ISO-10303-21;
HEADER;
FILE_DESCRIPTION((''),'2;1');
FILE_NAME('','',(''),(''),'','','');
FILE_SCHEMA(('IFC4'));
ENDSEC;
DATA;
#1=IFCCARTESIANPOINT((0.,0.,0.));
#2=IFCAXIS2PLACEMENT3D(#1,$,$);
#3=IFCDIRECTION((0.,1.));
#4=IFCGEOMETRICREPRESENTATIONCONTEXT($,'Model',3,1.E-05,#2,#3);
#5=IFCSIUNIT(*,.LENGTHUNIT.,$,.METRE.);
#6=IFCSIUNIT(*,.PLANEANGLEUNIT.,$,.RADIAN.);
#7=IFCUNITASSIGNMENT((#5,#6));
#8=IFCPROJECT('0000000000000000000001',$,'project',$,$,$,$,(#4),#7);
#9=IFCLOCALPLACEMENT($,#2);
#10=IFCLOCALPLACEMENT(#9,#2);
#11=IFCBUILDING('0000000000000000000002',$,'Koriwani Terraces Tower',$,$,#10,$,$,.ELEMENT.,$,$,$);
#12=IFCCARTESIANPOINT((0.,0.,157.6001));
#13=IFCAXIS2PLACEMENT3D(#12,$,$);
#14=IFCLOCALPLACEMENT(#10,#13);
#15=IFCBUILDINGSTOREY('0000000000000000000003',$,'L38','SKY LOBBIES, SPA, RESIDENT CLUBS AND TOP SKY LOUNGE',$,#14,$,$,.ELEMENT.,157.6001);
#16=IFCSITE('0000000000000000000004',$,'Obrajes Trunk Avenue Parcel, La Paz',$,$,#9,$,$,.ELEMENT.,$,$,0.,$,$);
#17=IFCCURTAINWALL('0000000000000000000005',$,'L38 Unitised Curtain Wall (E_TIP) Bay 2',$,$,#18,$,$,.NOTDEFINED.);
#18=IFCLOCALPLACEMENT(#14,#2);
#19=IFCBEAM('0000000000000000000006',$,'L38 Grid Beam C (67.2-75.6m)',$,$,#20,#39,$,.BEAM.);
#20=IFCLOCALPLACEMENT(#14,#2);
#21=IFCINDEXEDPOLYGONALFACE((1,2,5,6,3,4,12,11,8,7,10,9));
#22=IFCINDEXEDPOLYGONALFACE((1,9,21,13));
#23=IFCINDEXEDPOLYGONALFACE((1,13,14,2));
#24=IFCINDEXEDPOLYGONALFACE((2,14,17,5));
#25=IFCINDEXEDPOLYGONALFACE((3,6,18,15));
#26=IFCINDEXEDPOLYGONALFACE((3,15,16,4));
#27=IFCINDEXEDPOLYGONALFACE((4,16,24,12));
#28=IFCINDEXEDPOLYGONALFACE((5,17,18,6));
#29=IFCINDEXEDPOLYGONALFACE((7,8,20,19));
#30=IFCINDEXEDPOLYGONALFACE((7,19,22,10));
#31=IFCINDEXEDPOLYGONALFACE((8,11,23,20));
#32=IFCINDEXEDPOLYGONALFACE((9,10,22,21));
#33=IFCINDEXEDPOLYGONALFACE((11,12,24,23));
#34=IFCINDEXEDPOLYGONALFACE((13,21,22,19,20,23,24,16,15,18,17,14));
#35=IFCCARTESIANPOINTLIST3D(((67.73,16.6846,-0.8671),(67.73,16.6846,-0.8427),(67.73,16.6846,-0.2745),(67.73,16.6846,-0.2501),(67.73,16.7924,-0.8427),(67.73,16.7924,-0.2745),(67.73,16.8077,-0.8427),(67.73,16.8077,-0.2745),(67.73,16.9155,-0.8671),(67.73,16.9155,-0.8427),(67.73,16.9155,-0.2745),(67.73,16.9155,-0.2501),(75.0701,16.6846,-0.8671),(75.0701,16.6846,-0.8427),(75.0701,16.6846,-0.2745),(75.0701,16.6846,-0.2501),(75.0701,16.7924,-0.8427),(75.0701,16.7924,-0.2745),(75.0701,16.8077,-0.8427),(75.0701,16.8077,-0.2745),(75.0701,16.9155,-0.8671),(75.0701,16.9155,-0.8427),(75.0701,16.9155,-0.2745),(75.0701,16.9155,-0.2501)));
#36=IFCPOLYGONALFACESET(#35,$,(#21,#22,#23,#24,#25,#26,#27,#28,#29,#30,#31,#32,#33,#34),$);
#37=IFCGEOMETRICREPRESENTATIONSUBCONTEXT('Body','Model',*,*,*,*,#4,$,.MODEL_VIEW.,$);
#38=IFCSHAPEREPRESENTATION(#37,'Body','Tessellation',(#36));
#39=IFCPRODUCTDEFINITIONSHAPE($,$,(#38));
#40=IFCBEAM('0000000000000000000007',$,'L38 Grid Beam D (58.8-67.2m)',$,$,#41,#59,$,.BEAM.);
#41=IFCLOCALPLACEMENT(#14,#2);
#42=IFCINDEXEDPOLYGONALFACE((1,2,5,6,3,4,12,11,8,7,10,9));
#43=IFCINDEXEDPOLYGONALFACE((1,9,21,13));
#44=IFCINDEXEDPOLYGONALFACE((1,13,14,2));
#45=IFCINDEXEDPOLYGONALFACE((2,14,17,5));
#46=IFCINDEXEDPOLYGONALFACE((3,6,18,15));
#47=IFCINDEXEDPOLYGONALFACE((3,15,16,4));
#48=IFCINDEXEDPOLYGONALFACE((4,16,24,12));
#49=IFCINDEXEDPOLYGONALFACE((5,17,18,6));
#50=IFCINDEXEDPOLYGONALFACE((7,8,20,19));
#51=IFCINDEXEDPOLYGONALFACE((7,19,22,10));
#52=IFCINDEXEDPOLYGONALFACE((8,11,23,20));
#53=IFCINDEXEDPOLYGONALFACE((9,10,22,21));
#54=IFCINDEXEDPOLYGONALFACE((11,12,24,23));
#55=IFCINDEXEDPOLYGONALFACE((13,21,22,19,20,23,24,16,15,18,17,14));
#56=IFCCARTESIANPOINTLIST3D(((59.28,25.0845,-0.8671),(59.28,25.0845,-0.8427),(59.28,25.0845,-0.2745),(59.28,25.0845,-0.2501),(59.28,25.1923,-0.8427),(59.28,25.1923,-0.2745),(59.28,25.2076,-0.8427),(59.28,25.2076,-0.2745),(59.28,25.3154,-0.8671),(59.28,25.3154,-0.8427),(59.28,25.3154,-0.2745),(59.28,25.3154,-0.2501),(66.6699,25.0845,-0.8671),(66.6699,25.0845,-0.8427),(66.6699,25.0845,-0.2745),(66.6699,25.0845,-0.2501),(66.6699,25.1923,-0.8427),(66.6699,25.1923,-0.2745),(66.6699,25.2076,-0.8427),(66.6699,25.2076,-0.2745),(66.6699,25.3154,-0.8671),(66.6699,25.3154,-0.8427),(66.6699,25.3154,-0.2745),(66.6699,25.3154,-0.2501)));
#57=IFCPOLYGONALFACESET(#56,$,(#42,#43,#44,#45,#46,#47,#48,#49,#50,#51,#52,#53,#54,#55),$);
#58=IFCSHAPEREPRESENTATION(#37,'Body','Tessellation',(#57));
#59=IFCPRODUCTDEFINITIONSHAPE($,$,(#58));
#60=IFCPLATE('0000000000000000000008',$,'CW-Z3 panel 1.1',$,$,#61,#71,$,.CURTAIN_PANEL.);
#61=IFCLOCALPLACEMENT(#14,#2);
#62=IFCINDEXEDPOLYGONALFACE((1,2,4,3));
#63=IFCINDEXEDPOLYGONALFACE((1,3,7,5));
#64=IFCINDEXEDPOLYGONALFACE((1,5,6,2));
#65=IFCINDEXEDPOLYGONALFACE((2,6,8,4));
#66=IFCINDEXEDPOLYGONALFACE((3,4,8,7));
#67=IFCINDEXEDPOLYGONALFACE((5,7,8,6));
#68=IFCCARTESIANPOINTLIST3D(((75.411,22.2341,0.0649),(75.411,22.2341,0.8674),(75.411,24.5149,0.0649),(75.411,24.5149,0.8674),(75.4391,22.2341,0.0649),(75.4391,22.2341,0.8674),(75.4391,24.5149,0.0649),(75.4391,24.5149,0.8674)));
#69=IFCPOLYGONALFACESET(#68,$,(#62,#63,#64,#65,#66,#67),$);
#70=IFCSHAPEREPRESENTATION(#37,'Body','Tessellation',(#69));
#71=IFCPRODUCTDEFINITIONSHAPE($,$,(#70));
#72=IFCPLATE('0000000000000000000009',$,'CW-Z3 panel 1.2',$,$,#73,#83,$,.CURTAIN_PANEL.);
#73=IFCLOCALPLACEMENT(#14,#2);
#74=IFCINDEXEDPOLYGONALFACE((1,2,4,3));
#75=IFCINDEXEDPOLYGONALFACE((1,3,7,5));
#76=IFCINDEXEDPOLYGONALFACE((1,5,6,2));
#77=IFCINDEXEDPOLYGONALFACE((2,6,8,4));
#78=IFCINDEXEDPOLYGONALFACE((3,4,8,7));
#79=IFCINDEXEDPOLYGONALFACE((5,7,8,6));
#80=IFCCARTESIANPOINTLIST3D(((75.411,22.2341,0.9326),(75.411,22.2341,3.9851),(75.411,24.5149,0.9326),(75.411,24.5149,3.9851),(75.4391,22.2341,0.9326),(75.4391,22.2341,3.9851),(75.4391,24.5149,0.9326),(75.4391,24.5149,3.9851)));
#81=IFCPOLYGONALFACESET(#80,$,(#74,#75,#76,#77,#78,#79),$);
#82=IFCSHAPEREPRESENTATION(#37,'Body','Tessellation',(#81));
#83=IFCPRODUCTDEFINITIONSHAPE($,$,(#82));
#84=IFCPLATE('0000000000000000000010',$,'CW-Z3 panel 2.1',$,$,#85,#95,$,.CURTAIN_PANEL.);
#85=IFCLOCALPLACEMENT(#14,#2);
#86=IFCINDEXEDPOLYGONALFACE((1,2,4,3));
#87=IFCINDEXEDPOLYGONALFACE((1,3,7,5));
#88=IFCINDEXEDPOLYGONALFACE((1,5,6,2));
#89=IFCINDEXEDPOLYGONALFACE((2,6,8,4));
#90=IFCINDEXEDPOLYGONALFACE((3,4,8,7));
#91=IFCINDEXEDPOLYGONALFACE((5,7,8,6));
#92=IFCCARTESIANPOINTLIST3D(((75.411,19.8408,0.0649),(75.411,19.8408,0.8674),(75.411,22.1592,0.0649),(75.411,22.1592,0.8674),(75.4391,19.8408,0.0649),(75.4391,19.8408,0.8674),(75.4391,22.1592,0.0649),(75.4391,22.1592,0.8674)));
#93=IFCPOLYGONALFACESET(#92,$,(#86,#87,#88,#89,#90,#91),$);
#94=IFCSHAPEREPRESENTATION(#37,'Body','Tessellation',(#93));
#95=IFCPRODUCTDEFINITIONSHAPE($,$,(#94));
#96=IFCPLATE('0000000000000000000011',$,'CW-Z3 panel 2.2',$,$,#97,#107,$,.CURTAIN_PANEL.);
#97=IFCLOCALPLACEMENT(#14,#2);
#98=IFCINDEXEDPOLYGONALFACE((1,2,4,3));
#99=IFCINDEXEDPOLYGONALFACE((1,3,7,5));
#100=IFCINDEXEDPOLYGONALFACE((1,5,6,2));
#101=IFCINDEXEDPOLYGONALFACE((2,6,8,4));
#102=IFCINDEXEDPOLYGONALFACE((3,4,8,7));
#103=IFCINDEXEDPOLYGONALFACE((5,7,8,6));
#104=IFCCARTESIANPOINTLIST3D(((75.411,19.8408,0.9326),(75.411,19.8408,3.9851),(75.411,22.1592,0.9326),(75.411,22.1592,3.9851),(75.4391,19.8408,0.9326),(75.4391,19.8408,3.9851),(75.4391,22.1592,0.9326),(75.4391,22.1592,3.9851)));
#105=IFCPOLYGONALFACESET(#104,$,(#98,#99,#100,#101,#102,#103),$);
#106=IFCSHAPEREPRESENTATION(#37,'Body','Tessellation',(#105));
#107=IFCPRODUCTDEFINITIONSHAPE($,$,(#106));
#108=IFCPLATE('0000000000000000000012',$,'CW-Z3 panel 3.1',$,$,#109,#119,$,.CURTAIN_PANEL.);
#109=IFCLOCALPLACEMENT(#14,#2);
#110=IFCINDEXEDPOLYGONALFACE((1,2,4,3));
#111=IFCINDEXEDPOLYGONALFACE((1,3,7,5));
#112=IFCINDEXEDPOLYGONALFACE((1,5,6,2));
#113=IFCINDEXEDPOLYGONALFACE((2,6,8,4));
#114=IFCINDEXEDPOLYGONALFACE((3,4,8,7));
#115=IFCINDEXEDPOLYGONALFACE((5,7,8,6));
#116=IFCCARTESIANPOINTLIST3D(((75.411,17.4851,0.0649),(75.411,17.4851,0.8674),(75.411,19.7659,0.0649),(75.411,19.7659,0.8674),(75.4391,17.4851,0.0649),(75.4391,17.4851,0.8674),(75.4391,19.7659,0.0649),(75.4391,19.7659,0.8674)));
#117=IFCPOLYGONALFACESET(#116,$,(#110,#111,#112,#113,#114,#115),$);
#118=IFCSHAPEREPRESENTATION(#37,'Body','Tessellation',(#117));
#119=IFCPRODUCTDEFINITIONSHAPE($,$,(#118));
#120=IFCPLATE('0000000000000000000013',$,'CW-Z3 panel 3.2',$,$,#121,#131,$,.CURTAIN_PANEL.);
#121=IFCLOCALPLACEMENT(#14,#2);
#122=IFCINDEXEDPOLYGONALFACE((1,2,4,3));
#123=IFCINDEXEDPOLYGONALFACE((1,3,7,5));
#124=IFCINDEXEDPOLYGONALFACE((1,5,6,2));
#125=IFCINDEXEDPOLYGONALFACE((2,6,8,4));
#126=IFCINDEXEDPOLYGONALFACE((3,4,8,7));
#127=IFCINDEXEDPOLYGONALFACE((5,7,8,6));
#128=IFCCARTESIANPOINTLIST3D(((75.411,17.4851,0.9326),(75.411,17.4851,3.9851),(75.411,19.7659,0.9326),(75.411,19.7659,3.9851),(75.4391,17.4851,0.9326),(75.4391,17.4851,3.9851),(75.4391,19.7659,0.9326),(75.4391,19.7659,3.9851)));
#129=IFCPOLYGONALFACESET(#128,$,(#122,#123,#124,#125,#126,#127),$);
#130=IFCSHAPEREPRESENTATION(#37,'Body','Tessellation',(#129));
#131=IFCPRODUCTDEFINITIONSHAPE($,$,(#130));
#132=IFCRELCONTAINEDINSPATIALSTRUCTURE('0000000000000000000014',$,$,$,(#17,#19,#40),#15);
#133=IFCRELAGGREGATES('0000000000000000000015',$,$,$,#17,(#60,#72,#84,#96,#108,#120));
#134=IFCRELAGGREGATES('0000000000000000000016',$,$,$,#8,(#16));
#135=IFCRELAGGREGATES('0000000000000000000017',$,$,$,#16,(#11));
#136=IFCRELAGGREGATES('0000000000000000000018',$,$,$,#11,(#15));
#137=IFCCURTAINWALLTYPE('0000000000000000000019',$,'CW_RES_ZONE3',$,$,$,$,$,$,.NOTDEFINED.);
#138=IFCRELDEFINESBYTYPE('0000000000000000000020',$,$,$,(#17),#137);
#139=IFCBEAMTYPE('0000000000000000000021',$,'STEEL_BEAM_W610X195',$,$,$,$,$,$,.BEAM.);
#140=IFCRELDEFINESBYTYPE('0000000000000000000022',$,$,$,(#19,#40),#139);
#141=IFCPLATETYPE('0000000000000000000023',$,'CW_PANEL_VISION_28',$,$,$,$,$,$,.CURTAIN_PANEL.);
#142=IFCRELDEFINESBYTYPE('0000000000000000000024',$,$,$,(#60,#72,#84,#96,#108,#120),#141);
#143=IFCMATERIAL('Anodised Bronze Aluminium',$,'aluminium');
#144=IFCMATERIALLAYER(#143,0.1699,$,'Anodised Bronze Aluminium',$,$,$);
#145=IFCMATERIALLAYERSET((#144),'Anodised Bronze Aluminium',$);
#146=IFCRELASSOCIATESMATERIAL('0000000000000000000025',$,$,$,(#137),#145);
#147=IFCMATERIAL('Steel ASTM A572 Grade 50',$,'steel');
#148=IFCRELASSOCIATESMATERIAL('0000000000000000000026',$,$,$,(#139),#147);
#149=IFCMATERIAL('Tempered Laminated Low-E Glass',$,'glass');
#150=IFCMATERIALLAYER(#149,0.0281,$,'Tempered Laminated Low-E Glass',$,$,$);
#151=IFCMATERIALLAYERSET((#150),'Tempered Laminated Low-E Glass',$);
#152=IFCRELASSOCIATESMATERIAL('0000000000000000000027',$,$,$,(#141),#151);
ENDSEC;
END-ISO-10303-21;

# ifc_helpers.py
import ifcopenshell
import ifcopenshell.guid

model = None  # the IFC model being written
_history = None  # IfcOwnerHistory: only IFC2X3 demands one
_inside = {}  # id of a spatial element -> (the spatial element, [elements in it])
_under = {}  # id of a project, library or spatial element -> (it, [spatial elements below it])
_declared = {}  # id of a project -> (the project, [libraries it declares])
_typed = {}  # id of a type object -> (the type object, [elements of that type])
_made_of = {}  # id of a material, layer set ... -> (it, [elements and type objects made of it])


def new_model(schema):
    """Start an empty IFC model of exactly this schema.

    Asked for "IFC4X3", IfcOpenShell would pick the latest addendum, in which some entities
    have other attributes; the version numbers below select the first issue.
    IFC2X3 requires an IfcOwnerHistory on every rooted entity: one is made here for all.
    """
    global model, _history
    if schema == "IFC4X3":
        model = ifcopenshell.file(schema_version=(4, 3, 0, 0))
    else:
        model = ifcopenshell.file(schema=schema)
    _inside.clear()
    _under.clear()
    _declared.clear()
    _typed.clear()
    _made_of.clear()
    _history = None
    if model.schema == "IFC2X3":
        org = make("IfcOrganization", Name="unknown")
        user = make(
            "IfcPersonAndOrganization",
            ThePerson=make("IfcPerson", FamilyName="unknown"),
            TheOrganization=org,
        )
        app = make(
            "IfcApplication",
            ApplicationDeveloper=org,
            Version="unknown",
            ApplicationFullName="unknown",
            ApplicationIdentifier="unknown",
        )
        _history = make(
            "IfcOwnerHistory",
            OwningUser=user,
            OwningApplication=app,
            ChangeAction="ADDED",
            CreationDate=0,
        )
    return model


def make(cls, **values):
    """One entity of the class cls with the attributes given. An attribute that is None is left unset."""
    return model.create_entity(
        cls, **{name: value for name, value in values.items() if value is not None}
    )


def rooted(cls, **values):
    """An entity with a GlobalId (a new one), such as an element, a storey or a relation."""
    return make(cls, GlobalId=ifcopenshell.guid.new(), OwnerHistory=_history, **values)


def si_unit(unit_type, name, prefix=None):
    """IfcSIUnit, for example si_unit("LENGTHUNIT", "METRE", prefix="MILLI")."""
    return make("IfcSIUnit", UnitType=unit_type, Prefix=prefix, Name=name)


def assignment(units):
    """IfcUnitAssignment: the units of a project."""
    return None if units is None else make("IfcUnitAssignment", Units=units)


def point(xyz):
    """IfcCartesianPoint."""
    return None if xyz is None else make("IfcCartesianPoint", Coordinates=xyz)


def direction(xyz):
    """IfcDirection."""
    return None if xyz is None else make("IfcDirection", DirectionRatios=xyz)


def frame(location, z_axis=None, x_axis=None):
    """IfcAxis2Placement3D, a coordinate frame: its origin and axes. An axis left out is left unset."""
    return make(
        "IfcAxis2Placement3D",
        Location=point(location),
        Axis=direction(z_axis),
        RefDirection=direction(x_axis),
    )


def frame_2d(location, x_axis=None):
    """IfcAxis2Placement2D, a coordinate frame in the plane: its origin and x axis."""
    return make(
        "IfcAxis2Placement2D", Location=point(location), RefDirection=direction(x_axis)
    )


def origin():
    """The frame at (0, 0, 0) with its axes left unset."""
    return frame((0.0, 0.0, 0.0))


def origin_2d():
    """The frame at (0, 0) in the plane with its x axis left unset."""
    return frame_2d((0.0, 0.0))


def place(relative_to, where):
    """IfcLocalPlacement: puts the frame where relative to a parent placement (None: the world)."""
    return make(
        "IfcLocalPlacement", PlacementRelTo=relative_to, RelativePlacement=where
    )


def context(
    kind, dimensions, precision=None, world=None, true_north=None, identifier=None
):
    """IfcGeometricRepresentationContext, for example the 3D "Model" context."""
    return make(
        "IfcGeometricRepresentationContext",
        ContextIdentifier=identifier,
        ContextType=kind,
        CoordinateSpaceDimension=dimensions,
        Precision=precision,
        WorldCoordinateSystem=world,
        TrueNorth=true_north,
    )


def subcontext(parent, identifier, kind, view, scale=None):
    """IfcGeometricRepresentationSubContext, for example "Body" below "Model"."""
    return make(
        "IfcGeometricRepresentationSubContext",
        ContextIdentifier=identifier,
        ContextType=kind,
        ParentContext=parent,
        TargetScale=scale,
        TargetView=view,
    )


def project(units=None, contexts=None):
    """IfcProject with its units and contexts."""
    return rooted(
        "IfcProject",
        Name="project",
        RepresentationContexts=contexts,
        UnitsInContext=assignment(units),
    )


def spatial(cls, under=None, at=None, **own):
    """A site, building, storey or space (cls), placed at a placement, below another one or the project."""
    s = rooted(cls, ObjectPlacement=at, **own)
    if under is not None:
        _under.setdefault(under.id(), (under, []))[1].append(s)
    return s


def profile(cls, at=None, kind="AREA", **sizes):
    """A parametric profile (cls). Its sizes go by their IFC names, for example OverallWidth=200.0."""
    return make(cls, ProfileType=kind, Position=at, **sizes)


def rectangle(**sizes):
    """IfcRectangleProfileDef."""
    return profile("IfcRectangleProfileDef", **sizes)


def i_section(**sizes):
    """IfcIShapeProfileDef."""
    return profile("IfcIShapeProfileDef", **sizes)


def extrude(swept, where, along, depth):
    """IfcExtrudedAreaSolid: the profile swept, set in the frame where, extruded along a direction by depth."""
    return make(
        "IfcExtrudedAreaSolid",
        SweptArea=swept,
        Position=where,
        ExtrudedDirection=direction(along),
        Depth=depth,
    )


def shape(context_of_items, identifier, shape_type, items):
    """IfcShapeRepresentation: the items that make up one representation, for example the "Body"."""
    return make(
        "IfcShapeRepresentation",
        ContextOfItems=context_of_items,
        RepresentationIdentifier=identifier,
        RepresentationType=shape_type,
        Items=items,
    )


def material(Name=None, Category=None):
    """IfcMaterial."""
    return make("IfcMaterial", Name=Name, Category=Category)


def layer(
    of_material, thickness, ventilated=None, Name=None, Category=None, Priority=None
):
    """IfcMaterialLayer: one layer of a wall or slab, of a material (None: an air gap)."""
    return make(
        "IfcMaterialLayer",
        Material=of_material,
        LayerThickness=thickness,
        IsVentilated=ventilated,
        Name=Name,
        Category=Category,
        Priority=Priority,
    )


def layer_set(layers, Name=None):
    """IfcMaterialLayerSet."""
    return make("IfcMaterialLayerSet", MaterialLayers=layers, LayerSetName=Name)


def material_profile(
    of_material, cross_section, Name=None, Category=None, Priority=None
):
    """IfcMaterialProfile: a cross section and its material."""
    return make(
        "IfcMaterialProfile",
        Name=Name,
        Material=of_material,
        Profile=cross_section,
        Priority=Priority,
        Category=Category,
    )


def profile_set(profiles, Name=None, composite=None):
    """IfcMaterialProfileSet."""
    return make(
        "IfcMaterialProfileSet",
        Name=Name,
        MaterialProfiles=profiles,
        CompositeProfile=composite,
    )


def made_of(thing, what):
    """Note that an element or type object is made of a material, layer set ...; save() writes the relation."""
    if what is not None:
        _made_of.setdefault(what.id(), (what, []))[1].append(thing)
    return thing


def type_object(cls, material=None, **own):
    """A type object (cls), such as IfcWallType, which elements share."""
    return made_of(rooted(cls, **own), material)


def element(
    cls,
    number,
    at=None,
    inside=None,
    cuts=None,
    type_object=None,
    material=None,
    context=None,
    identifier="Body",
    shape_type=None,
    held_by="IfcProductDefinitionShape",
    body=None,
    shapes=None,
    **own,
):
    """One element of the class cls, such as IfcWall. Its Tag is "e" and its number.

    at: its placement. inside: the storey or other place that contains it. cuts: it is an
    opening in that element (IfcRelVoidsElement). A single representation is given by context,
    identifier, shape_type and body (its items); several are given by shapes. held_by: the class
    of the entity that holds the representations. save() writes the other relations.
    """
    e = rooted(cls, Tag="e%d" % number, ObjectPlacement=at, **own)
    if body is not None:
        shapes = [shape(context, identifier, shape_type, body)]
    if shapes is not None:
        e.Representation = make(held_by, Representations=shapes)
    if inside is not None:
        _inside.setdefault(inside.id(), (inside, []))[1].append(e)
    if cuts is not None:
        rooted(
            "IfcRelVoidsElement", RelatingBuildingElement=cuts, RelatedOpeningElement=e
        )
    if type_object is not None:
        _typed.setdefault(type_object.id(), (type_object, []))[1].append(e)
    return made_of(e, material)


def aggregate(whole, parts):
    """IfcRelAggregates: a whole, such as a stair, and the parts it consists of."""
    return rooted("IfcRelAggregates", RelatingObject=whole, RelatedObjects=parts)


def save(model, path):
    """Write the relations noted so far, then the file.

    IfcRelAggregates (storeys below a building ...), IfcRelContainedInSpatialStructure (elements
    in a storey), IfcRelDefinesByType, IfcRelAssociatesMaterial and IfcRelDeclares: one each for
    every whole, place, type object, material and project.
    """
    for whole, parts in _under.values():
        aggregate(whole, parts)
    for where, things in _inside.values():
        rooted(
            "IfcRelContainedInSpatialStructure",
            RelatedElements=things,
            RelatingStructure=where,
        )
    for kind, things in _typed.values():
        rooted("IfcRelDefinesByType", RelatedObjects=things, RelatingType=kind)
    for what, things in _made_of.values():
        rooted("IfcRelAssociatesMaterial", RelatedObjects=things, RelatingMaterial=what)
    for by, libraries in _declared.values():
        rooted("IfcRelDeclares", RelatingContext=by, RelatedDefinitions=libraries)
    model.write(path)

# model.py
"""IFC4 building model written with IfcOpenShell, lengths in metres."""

from ifc_helpers import new_model, si_unit, direction, frame, origin, origin_2d, place, context, subcontext, project, spatial, rectangle, i_section, extrude, material, layer, layer_set, material_profile, profile_set, type_object, element, aggregate, save


model = new_model("IFC4")

# Units and contexts
model_context = context("Model", 3, precision=1e-05, world=origin(), true_north=direction((0.0, 1.0)))
body_context = subcontext(model_context, "Body", "Model", "MODEL_VIEW")
ifc_project = project(units=[si_unit("LENGTHUNIT", "METRE"), si_unit("PLANEANGLEUNIT", "RADIAN")], contexts=[model_context])

# Site, building, storey
site_placement = place(None, origin())
site = spatial("IfcSite", under=ifc_project, at=site_placement, Name="Obrajes Trunk Avenue Parcel, La Paz", CompositionType="ELEMENT", RefElevation=0.0)
building_placement = place(site_placement, origin())
building = spatial("IfcBuilding", under=site, at=building_placement, Name="Koriwani Terraces Tower", CompositionType="ELEMENT")
storey_placement = place(building_placement, frame((0.0, 0.0, 157.6001)))
storey = spatial("IfcBuildingStorey", under=building, at=storey_placement, Name="L38", Description="SKY LOBBIES, SPA, RESIDENT CLUBS AND TOP SKY LOUNGE", CompositionType="ELEMENT", Elevation=157.6001)

# Curtain wall
ifc_material_1 = material(Name="Anodised Bronze Aluminium", Category="aluminium")
ifc_layer_1 = layer(ifc_material_1, 0.1699, Name="Anodised Bronze Aluminium")
ifc_layer_set_1 = layer_set([ifc_layer_1], Name="Anodised Bronze Aluminium")
curtain_wall_type = type_object("IfcCurtainWallType", Name="CW_RES_ZONE3", PredefinedType="NOTDEFINED", material=ifc_layer_set_1)
curtain_wall_1_placement = place(storey_placement, origin())
curtain_wall_1 = element("IfcCurtainWall", 1, at=curtain_wall_1_placement, inside=storey, type_object=curtain_wall_type, Name="L38 Unitised Curtain Wall (E_TIP) Bay 2", PredefinedType="NOTDEFINED")

# Beams
ifc_material_2 = material(Name="Steel ASTM A572 Grade 50", Category="steel")
ifc_material_profile_1 = material_profile(ifc_material_2, i_section(OverallWidth=0.231, OverallDepth=0.6169, WebThickness=0.0154, FlangeThickness=0.0244, at=origin_2d()), Name="Steel ASTM A572 Grade 50", Category="LoadBearing")
ifc_profile_set_1 = profile_set([ifc_material_profile_1], Name="Steel ASTM A572 Grade 50")
beam_type_1 = type_object("IfcBeamType", Name="STEEL_BEAM_W610X195", PredefinedType="BEAM", material=ifc_profile_set_1)
beam_1_placement = place(storey_placement, frame((67.73, 16.8, -0.5586), z_axis=(1.0, 0.0, 0.0), x_axis=(0.0, 1.0, 0.0)))
element("IfcBeam", 2, at=beam_1_placement, inside=storey, type_object=beam_type_1, Name="L38 Grid Beam C (67.2-75.6m)", PredefinedType="BEAM", context=body_context, shape_type="SweptSolid", body=[
    extrude(i_section(OverallWidth=0.231, OverallDepth=0.6169, WebThickness=0.0154, FlangeThickness=0.0244, at=origin_2d()), origin(), (0.0, 0.0, 1.0), 7.3401),
])
beam_2_placement = place(storey_placement, frame((59.28, 25.2, -0.5586), z_axis=(1.0, 0.0, 0.0), x_axis=(0.0, 1.0, 0.0)))
element("IfcBeam", 3, at=beam_2_placement, inside=storey, type_object=beam_type_1, Name="L38 Grid Beam D (58.8-67.2m)", PredefinedType="BEAM", context=body_context, shape_type="SweptSolid", body=[
    extrude(i_section(OverallWidth=0.231, OverallDepth=0.6169, WebThickness=0.0154, FlangeThickness=0.0244, at=origin_2d()), origin(), (0.0, 0.0, 1.0), 7.3899),
])

# Plates
ifc_material_3 = material(Name="Tempered Laminated Low-E Glass", Category="glass")
ifc_layer_2 = layer(ifc_material_3, 0.0281, Name="Tempered Laminated Low-E Glass")
ifc_layer_set_2 = layer_set([ifc_layer_2], Name="Tempered Laminated Low-E Glass")
plate_type = type_object("IfcPlateType", Name="CW_PANEL_VISION_28", PredefinedType="CURTAIN_PANEL", material=ifc_layer_set_2)
plate_1_placement = place(storey_placement, frame((75.425, 23.3745, 0.0649), z_axis=(0.0, 0.0, 1.0), x_axis=(0.0, -1.0, 0.0)))
plate_1 = element("IfcPlate", 4, at=plate_1_placement, type_object=plate_type, Name="CW-Z3 panel 1.1", PredefinedType="CURTAIN_PANEL", context=body_context, shape_type="SweptSolid", body=[
    extrude(rectangle(XDim=2.2808, YDim=0.0281, at=origin_2d()), origin(), (0.0, 0.0, 1.0), 0.8025),
])
plate_2_placement = place(storey_placement, frame((75.425, 23.3745, 0.9326), z_axis=(0.0, 0.0, 1.0), x_axis=(0.0, -1.0, 0.0)))
plate_2 = element("IfcPlate", 5, at=plate_2_placement, type_object=plate_type, Name="CW-Z3 panel 1.2", PredefinedType="CURTAIN_PANEL", context=body_context, shape_type="SweptSolid", body=[
    extrude(rectangle(XDim=2.2808, YDim=0.0281, at=origin_2d()), origin(), (0.0, 0.0, 1.0), 3.0525),
])
plate_3_placement = place(storey_placement, frame((75.425, 21.0, 0.0649), z_axis=(0.0, 0.0, 1.0), x_axis=(0.0, -1.0, 0.0)))
plate_3 = element("IfcPlate", 6, at=plate_3_placement, type_object=plate_type, Name="CW-Z3 panel 2.1", PredefinedType="CURTAIN_PANEL", context=body_context, shape_type="SweptSolid", body=[
    extrude(rectangle(XDim=2.3184, YDim=0.0281, at=origin_2d()), origin(), (0.0, 0.0, 1.0), 0.8025),
])
plate_4_placement = place(storey_placement, frame((75.425, 21.0, 0.9326), z_axis=(0.0, 0.0, 1.0), x_axis=(0.0, -1.0, 0.0)))
plate_4 = element("IfcPlate", 7, at=plate_4_placement, type_object=plate_type, Name="CW-Z3 panel 2.2", PredefinedType="CURTAIN_PANEL", context=body_context, shape_type="SweptSolid", body=[
    extrude(rectangle(XDim=2.3184, YDim=0.0281, at=origin_2d()), origin(), (0.0, 0.0, 1.0), 3.0525),
])
plate_5_placement = place(storey_placement, frame((75.425, 18.6255, 0.0649), z_axis=(0.0, 0.0, 1.0), x_axis=(0.0, -1.0, 0.0)))
plate_5 = element("IfcPlate", 8, at=plate_5_placement, type_object=plate_type, Name="CW-Z3 panel 3.1", PredefinedType="CURTAIN_PANEL", context=body_context, shape_type="SweptSolid", body=[
    extrude(rectangle(XDim=2.2808, YDim=0.0281, at=origin_2d()), origin(), (0.0, 0.0, 1.0), 0.8025),
])
plate_6_placement = place(storey_placement, frame((75.425, 18.6255, 0.9326), z_axis=(0.0, 0.0, 1.0), x_axis=(0.0, -1.0, 0.0)))
plate_6 = element("IfcPlate", 9, at=plate_6_placement, type_object=plate_type, Name="CW-Z3 panel 3.2", PredefinedType="CURTAIN_PANEL", context=body_context, shape_type="SweptSolid", body=[
    extrude(rectangle(XDim=2.2808, YDim=0.0281, at=origin_2d()), origin(), (0.0, 0.0, 1.0), 3.0525),
])
aggregate(curtain_wall_1, [plate_1, plate_2, plate_3, plate_4, plate_5, plate_6])

save(model, "model.ifc")
